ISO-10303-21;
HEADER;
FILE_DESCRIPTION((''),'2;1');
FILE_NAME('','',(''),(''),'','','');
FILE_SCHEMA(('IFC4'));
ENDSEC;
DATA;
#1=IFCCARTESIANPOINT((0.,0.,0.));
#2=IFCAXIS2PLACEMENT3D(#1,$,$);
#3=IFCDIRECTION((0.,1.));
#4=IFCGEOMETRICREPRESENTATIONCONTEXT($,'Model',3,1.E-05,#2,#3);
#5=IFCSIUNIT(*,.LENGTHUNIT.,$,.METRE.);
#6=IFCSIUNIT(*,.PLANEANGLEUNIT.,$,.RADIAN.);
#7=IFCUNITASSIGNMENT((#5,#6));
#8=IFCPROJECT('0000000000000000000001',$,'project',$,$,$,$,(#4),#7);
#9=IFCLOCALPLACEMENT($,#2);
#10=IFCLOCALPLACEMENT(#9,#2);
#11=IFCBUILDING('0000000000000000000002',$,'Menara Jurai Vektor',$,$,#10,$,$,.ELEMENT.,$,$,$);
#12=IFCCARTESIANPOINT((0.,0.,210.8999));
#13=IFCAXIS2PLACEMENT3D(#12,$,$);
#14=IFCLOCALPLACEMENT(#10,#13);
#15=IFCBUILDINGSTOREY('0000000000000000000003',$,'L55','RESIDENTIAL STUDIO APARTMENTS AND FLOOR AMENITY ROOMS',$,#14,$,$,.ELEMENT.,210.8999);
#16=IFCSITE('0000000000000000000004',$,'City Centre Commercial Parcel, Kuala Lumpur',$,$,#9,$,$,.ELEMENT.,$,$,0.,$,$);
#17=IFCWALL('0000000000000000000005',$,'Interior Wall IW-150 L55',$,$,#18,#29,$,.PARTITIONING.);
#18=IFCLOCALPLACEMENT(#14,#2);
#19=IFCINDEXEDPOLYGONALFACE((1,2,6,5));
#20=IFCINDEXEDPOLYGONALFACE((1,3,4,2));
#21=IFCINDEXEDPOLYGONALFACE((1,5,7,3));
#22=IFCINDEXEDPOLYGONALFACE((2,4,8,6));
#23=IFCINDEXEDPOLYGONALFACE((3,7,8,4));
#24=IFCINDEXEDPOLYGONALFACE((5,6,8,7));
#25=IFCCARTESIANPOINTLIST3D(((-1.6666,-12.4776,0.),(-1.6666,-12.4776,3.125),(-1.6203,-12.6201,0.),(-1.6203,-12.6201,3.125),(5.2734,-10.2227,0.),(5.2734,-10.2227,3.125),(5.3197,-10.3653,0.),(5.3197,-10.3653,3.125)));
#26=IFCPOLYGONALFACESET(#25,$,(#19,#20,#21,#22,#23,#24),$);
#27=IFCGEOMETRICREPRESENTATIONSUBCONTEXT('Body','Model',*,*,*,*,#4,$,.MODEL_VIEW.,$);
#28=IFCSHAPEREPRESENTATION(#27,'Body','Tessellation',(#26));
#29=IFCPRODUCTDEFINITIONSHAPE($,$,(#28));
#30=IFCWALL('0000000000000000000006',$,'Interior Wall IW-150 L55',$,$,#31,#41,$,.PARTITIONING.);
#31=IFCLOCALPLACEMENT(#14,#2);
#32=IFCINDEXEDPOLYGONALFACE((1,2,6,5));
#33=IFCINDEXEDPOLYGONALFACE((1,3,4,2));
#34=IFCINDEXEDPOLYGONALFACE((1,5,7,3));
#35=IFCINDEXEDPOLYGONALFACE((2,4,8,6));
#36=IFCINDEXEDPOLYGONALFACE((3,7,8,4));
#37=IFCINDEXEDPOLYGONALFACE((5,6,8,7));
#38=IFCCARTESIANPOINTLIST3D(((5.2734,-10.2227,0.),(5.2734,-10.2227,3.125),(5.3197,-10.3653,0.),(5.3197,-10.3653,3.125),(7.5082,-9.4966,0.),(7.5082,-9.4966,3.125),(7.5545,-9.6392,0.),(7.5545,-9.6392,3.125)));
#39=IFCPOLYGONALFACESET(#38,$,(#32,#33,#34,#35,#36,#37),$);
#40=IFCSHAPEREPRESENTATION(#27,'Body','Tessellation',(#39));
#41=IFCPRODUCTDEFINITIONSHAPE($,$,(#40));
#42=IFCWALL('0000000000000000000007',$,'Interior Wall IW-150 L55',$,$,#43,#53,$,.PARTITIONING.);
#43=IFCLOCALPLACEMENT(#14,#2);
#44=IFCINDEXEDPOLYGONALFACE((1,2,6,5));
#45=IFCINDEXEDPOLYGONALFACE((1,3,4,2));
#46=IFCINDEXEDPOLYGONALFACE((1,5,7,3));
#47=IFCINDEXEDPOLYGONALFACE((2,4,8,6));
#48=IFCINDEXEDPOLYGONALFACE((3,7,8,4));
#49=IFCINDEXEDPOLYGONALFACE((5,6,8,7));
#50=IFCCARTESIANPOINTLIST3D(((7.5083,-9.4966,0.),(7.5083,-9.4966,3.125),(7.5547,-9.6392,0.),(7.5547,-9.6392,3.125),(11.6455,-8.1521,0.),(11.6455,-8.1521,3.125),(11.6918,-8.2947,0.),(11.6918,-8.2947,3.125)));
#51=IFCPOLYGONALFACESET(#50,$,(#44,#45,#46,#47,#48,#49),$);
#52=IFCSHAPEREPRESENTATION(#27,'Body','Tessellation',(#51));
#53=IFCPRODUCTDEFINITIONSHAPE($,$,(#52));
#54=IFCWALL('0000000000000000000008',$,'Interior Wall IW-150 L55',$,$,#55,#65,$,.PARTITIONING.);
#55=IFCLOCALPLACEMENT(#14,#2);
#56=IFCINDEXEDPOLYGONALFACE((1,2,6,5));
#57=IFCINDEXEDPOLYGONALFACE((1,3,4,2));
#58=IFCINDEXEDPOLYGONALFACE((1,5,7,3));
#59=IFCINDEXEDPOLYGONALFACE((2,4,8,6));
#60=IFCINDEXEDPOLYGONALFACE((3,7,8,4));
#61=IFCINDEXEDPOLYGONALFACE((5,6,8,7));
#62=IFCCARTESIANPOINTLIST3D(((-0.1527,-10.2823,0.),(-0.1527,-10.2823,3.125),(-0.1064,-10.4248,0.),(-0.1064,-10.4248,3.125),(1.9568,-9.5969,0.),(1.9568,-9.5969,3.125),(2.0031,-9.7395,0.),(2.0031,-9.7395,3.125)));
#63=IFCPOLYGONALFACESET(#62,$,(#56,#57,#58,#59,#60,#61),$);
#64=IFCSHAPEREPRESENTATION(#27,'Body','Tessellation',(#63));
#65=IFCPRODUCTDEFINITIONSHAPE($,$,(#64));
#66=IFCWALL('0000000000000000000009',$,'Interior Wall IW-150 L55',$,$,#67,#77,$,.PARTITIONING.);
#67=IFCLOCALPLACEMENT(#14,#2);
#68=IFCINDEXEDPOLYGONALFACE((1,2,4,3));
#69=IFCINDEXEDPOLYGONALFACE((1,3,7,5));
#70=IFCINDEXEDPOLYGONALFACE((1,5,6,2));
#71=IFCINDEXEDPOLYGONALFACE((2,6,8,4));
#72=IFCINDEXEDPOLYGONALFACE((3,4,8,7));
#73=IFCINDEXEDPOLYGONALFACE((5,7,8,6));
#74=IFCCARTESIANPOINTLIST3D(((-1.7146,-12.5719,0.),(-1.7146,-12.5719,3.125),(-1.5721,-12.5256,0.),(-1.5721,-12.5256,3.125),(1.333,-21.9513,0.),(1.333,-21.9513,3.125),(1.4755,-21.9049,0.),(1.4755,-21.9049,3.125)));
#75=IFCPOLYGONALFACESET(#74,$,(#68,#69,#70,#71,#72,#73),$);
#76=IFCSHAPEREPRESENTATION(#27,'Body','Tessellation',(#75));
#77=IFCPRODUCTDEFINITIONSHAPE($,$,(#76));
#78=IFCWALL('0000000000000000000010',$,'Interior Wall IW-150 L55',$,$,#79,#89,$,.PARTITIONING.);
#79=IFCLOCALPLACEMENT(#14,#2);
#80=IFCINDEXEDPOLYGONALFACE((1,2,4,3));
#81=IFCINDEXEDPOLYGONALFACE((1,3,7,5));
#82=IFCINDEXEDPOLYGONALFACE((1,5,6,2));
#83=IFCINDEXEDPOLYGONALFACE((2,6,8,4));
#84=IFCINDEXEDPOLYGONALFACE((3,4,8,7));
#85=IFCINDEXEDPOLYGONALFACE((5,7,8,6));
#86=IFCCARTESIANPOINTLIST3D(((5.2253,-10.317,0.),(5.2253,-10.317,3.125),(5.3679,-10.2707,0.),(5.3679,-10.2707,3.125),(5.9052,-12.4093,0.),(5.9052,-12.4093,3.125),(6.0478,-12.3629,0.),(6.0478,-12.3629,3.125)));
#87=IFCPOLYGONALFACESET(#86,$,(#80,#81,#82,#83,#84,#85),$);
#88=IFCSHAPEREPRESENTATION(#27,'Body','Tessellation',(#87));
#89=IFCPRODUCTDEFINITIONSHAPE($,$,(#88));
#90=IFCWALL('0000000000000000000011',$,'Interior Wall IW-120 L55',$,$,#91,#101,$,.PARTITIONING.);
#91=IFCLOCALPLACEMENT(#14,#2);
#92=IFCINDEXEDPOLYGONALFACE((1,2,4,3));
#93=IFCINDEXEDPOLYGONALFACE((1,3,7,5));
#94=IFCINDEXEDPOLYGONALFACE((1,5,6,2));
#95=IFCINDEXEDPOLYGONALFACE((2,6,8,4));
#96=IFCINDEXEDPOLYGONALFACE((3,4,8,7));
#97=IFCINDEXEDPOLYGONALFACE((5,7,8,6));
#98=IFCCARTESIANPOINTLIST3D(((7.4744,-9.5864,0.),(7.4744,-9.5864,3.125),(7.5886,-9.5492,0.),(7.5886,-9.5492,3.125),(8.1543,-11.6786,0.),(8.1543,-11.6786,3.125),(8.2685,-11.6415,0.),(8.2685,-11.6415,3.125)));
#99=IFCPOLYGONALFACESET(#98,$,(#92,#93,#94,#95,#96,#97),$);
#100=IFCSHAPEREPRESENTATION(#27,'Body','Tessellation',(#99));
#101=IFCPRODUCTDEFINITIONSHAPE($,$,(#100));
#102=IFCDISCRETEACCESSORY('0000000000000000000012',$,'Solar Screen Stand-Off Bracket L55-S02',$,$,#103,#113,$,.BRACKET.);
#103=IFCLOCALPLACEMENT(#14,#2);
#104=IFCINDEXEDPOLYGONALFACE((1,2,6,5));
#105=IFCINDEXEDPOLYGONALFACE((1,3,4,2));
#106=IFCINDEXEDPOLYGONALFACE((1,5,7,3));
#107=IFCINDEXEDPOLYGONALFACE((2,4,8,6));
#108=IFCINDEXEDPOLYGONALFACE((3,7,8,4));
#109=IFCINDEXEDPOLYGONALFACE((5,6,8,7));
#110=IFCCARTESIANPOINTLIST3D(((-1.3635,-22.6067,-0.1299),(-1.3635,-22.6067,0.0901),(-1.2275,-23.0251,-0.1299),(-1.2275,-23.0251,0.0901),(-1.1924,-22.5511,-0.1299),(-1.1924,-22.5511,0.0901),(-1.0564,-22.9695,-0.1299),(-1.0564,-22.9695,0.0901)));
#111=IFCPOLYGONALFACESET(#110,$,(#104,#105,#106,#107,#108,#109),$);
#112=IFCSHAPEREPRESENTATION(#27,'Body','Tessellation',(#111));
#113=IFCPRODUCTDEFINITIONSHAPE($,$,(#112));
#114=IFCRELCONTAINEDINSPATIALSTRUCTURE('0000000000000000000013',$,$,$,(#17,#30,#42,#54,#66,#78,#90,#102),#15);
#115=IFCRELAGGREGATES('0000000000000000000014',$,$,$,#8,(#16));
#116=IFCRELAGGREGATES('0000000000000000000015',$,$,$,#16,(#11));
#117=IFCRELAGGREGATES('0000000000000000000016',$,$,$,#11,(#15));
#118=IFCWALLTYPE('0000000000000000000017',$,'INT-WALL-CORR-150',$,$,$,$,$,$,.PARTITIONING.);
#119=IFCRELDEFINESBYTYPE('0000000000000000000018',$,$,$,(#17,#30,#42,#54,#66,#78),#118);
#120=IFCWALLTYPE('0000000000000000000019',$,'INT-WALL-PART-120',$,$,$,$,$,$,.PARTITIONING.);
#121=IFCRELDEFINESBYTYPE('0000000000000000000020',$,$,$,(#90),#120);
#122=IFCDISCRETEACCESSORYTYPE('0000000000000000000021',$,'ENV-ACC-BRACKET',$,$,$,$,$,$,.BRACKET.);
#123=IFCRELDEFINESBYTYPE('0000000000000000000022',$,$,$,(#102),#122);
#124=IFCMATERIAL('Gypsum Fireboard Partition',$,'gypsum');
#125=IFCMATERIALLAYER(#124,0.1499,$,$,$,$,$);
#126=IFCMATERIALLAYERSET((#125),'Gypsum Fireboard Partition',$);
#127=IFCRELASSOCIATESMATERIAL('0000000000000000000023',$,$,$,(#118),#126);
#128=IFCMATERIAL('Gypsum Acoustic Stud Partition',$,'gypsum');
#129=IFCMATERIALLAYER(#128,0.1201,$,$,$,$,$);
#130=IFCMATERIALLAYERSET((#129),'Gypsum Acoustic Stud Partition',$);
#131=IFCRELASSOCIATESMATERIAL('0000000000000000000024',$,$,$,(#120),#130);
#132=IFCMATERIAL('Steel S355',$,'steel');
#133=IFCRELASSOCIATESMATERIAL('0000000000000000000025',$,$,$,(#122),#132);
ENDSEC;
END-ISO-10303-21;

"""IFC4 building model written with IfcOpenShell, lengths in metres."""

from ifc_helpers import new_model, si_unit, direction, frame, frame_2d, origin, origin_2d, place, context, subcontext, project, spatial, rectangle, extrude, material, layer, layer_set, type_object, element, save


model = new_model("IFC4")

# Units and contexts
model_context = context("Model", 3, precision=1e-05, world=origin(), true_north=direction((0.0, 1.0)))
body_context = subcontext(model_context, "Body", "Model", "MODEL_VIEW")
ifc_project = project(units=[si_unit("LENGTHUNIT", "METRE"), si_unit("PLANEANGLEUNIT", "RADIAN")], contexts=[model_context])

# Site, building, storey
site_placement = place(None, origin())
site = spatial("IfcSite", under=ifc_project, at=site_placement, Name="City Centre Commercial Parcel, Kuala Lumpur", CompositionType="ELEMENT", RefElevation=0.0)
building_placement = place(site_placement, origin())
building = spatial("IfcBuilding", under=site, at=building_placement, Name="Menara Jurai Vektor", CompositionType="ELEMENT")
storey_placement = place(building_placement, frame((0.0, 0.0, 210.8999)))
storey = spatial("IfcBuildingStorey", under=building, at=storey_placement, Name="L55", Description="RESIDENTIAL STUDIO APARTMENTS AND FLOOR AMENITY ROOMS", CompositionType="ELEMENT", Elevation=210.8999)

# Shared definitions
ifc_material_1 = material(Name="Steel S355", Category="steel")

# Walls
ifc_material_2 = material(Name="Gypsum Fireboard Partition", Category="gypsum")
ifc_layer_1 = layer(ifc_material_2, 0.1499)
ifc_layer_set_1 = layer_set([ifc_layer_1], Name="Gypsum Fireboard Partition")
wall_type_1 = type_object("IfcWallType", Name="INT-WALL-CORR-150", PredefinedType="PARTITIONING", material=ifc_layer_set_1)
wall_1_placement = place(storey_placement, frame((-1.6433, -12.5488, 0.0), z_axis=(0.0, 0.0, 1.0), x_axis=(0.951058, 0.309012, 0.0)))
element("IfcWall", 1, at=wall_1_placement, inside=storey, type_object=wall_type_1, Name="Interior Wall IW-150 L55", PredefinedType="PARTITIONING", context=body_context, shape_type="SweptSolid", body=[
    extrude(rectangle(XDim=7.2971, YDim=0.1499, at=frame_2d((3.6484, 0.0))), origin(), (0.0, 0.0, 1.0), 3.125),
])
wall_2_placement = place(storey_placement, frame((5.2966, -10.2939, 0.0), z_axis=(0.0, 0.0, 1.0), x_axis=(0.951066, 0.308987, 0.0)))
element("IfcWall", 2, at=wall_2_placement, inside=storey, type_object=wall_type_1, Name="Interior Wall IW-150 L55", PredefinedType="PARTITIONING", context=body_context, shape_type="SweptSolid", body=[
    extrude(rectangle(XDim=2.3499, YDim=0.1499, at=frame_2d((1.1748, 0.0))), origin(), (0.0, 0.0, 1.0), 3.125),
])
wall_3_placement = place(storey_placement, frame((7.5315, -9.5679, 0.0), z_axis=(0.0, 0.0, 1.0), x_axis=(0.951041, 0.309063, 0.0)))
element("IfcWall", 3, at=wall_3_placement, inside=storey, type_object=wall_type_1, Name="Interior Wall IW-150 L55", PredefinedType="PARTITIONING", context=body_context, shape_type="SweptSolid", body=[
    extrude(rectangle(XDim=4.3501, YDim=0.1499, at=frame_2d((2.175, 0.0))), origin(), (0.0, 0.0, 1.0), 3.125),
])
wall_4_placement = place(storey_placement, frame((-0.1294, -10.3535, 0.0), z_axis=(0.0, 0.0, 1.0), x_axis=(0.951066, 0.308987, 0.0)))
element("IfcWall", 4, at=wall_4_placement, inside=storey, type_object=wall_type_1, Name="Interior Wall IW-150 L55", PredefinedType="PARTITIONING", context=body_context, shape_type="SweptSolid", body=[
    extrude(rectangle(XDim=2.218, YDim=0.1499, at=frame_2d((1.1089, 0.0))), origin(), (0.0, 0.0, 1.0), 3.125),
])

# Walls
wall_5_placement = place(storey_placement, frame((1.4043, -21.9282, 0.0), z_axis=(0.0, 0.0, 1.0), x_axis=(-0.309022, 0.951055, 0.0)))
element("IfcWall", 5, at=wall_5_placement, inside=storey, type_object=wall_type_1, Name="Interior Wall IW-150 L55", PredefinedType="PARTITIONING", context=body_context, shape_type="SweptSolid", body=[
    extrude(rectangle(XDim=9.8621, YDim=0.1499, at=frame_2d((4.9312, 0.0))), origin(), (0.0, 0.0, 1.0), 3.125),
])
wall_6_placement = place(storey_placement, frame((5.9766, -12.3862, 0.0), z_axis=(0.0, 0.0, 1.0), x_axis=(-0.309061, 0.951042, 0.0)))
element("IfcWall", 6, at=wall_6_placement, inside=storey, type_object=wall_type_1, Name="Interior Wall IW-150 L55", PredefinedType="PARTITIONING", context=body_context, shape_type="SweptSolid", body=[
    extrude(rectangle(XDim=2.2, YDim=0.1499, at=frame_2d((1.1001, 0.0))), origin(), (0.0, 0.0, 1.0), 3.125),
])

# Wall
ifc_material_3 = material(Name="Gypsum Acoustic Stud Partition", Category="gypsum")
ifc_layer_2 = layer(ifc_material_3, 0.1201)
ifc_layer_set_2 = layer_set([ifc_layer_2], Name="Gypsum Acoustic Stud Partition")
wall_type_2 = type_object("IfcWallType", Name="INT-WALL-PART-120", PredefinedType="PARTITIONING", material=ifc_layer_set_2)
wall_7_placement = place(storey_placement, frame((8.2114, -11.6602, 0.0), z_axis=(0.0, 0.0, 1.0), x_axis=(-0.309061, 0.951042, 0.0)))
element("IfcWall", 7, at=wall_7_placement, inside=storey, type_object=wall_type_2, Name="Interior Wall IW-120 L55", PredefinedType="PARTITIONING", context=body_context, shape_type="SweptSolid", body=[
    extrude(rectangle(XDim=2.2, YDim=0.1201, at=frame_2d((1.1001, 0.0))), origin(), (0.0, 0.0, 1.0), 3.125),
])

# Discrete accessory
discrete_accessory_type = type_object("IfcDiscreteAccessoryType", Name="ENV-ACC-BRACKET", PredefinedType="BRACKET", material=ifc_material_1)
discrete_accessory_placement = place(storey_placement, frame((-1.21, -22.7881, -0.1299), z_axis=(0.0, 0.0, 1.0), x_axis=(0.951057, 0.309017, 0.0)))
element("IfcDiscreteAccessory", 8, at=discrete_accessory_placement, inside=storey, type_object=discrete_accessory_type, Name="Solar Screen Stand-Off Bracket L55-S02", PredefinedType="BRACKET", context=body_context, shape_type="SweptSolid", body=[
    extrude(rectangle(XDim=0.1799, YDim=0.4399, at=origin_2d()), origin(), (0.0, 0.0, 1.0), 0.22),
])

save(model, "model.ifc")
